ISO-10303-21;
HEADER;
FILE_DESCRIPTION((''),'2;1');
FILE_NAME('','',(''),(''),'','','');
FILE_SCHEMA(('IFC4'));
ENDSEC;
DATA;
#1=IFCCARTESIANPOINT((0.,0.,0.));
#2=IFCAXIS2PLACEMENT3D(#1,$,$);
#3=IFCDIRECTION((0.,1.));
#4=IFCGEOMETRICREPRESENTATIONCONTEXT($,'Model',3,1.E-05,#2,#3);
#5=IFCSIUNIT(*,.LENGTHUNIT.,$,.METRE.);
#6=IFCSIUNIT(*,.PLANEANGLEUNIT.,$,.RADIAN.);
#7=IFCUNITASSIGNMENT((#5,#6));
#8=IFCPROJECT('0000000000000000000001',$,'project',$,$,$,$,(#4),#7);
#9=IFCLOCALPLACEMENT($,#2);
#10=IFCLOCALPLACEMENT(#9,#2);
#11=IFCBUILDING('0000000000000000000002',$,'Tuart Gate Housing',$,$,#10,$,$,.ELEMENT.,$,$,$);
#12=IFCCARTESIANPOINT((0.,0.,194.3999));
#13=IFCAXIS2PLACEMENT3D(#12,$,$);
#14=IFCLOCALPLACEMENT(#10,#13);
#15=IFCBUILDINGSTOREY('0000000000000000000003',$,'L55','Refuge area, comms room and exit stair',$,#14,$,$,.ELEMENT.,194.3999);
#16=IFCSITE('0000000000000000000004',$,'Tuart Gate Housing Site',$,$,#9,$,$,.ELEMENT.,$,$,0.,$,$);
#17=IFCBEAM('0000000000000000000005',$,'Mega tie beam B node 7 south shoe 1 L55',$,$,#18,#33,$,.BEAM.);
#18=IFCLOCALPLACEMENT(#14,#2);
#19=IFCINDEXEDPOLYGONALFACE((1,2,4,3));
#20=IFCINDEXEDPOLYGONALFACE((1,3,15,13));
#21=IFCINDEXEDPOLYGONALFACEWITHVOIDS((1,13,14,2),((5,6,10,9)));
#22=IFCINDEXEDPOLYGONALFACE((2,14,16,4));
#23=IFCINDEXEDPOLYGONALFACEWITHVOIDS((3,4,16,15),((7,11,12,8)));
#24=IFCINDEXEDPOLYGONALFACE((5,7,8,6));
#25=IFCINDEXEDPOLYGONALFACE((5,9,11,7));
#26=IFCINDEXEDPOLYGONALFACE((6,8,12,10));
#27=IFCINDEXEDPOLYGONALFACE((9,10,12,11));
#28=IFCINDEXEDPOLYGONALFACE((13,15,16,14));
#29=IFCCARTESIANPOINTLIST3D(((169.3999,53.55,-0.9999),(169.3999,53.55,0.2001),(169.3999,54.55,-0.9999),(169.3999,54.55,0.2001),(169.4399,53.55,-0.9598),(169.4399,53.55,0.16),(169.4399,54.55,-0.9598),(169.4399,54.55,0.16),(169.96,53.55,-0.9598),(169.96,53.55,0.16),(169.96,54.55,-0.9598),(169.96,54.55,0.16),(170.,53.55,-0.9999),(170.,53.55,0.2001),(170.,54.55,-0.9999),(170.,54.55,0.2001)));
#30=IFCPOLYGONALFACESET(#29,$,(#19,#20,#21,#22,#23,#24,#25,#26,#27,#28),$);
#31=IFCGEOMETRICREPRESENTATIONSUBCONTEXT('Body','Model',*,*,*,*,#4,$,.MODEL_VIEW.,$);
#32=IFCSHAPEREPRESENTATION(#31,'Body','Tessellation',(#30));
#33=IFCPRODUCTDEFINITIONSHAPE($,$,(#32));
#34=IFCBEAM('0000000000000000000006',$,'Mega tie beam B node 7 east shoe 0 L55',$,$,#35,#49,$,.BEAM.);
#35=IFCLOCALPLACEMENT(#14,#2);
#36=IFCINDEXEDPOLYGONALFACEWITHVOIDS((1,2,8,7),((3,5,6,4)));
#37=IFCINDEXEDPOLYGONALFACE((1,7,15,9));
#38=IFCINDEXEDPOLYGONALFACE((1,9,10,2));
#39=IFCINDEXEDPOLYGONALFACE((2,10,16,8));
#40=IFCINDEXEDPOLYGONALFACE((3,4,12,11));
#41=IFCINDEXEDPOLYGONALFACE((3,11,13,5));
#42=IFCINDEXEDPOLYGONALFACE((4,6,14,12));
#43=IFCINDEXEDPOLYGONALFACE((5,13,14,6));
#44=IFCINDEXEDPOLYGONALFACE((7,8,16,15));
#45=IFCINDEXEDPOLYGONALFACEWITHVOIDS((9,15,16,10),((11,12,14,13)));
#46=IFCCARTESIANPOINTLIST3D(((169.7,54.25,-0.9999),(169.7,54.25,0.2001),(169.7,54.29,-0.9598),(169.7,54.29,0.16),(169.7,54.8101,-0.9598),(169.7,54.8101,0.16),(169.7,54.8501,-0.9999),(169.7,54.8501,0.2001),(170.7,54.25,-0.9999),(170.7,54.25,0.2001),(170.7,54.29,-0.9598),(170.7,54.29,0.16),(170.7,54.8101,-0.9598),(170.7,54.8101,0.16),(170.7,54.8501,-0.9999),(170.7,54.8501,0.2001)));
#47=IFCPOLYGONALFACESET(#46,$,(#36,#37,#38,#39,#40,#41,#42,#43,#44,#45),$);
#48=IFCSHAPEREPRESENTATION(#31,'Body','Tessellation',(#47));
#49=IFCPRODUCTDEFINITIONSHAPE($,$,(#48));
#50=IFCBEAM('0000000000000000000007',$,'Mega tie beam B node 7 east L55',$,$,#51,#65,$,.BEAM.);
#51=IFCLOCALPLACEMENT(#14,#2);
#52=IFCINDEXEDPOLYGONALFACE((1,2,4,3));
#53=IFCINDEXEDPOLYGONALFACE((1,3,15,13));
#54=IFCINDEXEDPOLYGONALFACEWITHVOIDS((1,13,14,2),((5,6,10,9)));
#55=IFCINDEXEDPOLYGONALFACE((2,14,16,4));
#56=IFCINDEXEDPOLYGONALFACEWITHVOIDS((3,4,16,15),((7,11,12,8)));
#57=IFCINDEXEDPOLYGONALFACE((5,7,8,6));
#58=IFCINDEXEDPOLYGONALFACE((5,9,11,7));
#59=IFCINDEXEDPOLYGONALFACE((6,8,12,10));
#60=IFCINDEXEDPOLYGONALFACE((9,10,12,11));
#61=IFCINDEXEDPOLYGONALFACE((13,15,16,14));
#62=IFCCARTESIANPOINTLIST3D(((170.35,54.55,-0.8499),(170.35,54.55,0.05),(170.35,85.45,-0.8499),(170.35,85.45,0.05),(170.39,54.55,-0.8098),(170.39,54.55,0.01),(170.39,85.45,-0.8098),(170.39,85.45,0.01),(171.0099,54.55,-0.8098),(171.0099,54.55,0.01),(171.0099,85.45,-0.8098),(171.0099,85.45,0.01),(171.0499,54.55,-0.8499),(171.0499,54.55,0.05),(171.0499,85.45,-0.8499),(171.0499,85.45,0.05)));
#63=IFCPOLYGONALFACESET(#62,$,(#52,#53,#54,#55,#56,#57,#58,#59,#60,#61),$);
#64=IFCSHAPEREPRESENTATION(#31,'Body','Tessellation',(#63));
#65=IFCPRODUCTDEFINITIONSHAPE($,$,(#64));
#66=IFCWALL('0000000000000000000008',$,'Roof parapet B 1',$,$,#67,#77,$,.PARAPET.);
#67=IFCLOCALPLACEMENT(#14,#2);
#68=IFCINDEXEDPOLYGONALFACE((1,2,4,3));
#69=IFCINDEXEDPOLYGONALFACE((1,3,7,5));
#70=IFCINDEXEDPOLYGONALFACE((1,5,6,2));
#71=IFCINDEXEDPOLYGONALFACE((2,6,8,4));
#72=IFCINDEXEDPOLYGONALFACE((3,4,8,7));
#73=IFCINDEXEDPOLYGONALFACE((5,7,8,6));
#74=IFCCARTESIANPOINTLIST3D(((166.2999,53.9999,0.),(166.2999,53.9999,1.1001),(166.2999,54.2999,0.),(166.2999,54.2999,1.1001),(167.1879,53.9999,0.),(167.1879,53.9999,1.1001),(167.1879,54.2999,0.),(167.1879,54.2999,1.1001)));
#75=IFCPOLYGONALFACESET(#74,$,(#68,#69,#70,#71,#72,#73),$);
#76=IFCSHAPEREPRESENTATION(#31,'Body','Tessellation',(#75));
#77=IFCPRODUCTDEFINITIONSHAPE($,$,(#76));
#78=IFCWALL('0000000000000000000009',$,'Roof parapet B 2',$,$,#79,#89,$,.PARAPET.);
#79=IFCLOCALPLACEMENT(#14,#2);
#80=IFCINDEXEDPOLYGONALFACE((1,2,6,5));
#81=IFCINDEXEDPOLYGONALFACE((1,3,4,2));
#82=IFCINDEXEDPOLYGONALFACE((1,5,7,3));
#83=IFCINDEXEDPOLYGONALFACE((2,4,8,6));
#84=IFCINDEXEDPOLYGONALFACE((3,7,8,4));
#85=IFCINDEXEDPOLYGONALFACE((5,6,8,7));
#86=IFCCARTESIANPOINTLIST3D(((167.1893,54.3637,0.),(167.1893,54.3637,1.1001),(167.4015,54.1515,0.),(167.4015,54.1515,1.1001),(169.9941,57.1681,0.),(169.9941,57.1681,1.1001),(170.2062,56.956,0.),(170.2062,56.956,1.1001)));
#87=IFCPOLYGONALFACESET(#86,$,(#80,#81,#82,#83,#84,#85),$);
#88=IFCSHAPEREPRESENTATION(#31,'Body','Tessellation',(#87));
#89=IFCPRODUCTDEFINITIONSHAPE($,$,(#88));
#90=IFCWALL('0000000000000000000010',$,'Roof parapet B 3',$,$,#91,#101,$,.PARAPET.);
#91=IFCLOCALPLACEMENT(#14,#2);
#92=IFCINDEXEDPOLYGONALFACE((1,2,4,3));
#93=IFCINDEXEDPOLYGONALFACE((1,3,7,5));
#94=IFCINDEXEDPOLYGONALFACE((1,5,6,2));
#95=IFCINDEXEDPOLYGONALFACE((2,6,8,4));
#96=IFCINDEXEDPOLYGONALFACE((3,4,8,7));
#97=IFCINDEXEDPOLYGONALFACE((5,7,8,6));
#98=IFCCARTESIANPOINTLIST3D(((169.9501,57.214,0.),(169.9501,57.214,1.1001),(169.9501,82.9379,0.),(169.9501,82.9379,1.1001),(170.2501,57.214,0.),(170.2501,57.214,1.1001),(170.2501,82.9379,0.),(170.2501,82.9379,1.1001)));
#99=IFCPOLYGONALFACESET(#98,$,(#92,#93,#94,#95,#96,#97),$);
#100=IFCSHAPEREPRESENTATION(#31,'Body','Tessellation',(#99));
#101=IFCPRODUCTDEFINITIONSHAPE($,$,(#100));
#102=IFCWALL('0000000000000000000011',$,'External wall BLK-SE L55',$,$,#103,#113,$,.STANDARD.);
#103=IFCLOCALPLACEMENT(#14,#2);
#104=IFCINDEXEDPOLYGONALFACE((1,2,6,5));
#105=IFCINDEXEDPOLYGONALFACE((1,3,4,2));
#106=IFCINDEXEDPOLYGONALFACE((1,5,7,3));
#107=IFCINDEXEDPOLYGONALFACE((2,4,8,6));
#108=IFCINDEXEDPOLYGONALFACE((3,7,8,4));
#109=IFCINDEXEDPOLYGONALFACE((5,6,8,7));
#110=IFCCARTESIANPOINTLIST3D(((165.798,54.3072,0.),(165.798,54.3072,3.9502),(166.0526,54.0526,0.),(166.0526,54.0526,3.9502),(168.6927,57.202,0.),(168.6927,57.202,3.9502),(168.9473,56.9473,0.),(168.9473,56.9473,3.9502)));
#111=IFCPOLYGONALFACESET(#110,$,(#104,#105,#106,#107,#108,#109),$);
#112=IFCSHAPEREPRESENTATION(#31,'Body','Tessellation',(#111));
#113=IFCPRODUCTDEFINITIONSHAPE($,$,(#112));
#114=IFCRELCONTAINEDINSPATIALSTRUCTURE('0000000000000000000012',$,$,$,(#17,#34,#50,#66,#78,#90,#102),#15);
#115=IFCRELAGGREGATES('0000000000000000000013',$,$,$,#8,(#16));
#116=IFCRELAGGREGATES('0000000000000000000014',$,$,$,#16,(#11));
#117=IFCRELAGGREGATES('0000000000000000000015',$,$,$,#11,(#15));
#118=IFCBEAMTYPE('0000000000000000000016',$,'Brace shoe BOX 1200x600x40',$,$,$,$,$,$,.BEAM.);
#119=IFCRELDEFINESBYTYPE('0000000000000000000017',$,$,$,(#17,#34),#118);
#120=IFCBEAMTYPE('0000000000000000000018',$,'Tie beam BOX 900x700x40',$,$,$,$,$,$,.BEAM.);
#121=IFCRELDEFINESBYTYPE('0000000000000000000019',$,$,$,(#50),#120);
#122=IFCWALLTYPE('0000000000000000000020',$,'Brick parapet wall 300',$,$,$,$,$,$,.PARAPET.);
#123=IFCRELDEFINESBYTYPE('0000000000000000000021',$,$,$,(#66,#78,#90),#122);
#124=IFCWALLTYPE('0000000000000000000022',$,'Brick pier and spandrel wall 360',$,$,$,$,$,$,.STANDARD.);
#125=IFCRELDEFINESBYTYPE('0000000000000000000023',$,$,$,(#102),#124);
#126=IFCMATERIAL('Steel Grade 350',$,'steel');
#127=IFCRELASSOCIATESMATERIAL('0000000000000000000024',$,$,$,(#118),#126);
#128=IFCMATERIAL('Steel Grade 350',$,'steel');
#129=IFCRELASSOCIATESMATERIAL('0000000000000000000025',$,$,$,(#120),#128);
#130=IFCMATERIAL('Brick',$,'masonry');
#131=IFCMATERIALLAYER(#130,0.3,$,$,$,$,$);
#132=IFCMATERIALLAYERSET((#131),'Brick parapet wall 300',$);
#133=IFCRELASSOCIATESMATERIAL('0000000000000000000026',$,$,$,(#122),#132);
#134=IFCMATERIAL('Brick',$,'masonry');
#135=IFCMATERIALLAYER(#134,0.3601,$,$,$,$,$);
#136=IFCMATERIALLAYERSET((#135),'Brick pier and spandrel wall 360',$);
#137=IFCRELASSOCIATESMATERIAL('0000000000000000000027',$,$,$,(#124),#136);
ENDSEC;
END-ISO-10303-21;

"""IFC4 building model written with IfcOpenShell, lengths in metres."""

from ifc_helpers import new_model, si_unit, direction, frame, frame_2d, origin, origin_2d, place, context, subcontext, project, spatial, rectangle, hollow_rectangle, extrude, material, layer, layer_set, material_profile, profile_set, type_object, element, save


model = new_model("IFC4")

# Units and contexts
model_context = context("Model", 3, precision=1e-05, world=origin(), true_north=direction((0.0, 1.0)))
body_context = subcontext(model_context, "Body", "Model", "MODEL_VIEW")
ifc_project = project(units=[si_unit("LENGTHUNIT", "METRE"), si_unit("PLANEANGLEUNIT", "RADIAN")], contexts=[model_context])

# Site, building, storey
site_placement = place(None, origin())
site = spatial("IfcSite", under=ifc_project, at=site_placement, Name="Tuart Gate Housing Site", CompositionType="ELEMENT", RefElevation=0.0)
building_placement = place(site_placement, origin())
building = spatial("IfcBuilding", under=site, at=building_placement, Name="Tuart Gate Housing", CompositionType="ELEMENT")
storey_placement = place(building_placement, frame((0.0, 0.0, 194.3999)))
storey = spatial("IfcBuildingStorey", under=building, at=storey_placement, Name="L55", Description="Refuge area, comms room and exit stair", CompositionType="ELEMENT", Elevation=194.3999)

# Beams
ifc_material_1 = material(Name="Steel Grade 350", Category="steel")
ifc_material_profile_1 = material_profile(ifc_material_1, hollow_rectangle(XDim=0.6001, YDim=1.2, WallThickness=0.04, at=origin_2d()), Name="BOX 1200x600x40")
ifc_profile_set_1 = profile_set([ifc_material_profile_1], Name="Steel Grade 350")
beam_type_1 = type_object("IfcBeamType", Name="Brace shoe BOX 1200x600x40", PredefinedType="BEAM", material=ifc_profile_set_1)
for number, where, z_axis, x_axis, name in (
    (1, (169.7, 54.55, -0.3999), (0.0, -1.0, 0.0), (1.0, 0.0, 0.0), "Mega tie beam B node 7 south shoe 1 L55"),
    (2, (169.7, 54.55, -0.3999), (1.0, 0.0, 0.0), (0.0, 1.0, 0.0), "Mega tie beam B node 7 east shoe 0 L55"),
):
    element("IfcBeam", number, at=place(storey_placement, frame(where, z_axis=z_axis, x_axis=x_axis)), inside=storey, type_object=beam_type_1, Name=name, PredefinedType="BEAM", context=body_context, shape_type="SweptSolid", body=[
        extrude(hollow_rectangle(XDim=0.6001, YDim=1.2, WallThickness=0.04, at=origin_2d()), origin(), (0.0, 0.0, 1.0), 1.0),
    ])
ifc_material_2 = material(Name="Steel Grade 350", Category="steel")
ifc_material_profile_2 = material_profile(ifc_material_2, hollow_rectangle(XDim=0.7, YDim=0.8999, WallThickness=0.04, at=origin_2d()), Name="BOX 900x700x40")
ifc_profile_set_2 = profile_set([ifc_material_profile_2], Name="Steel Grade 350")
beam_type_2 = type_object("IfcBeamType", Name="Tie beam BOX 900x700x40", PredefinedType="BEAM", material=ifc_profile_set_2)
beam_placement = place(storey_placement, frame((170.7, 54.55, -0.3999), z_axis=(0.0, 1.0, 0.0), x_axis=(-1.0, 0.0, 0.0)))
element("IfcBeam", 3, at=beam_placement, inside=storey, type_object=beam_type_2, Name="Mega tie beam B node 7 east L55", PredefinedType="BEAM", context=body_context, shape_type="SweptSolid", body=[
    extrude(hollow_rectangle(XDim=0.7, YDim=0.8999, WallThickness=0.04, at=origin_2d()), origin(), (0.0, 0.0, 1.0), 30.8999),
])

# Walls
ifc_material_3 = material(Name="Brick", Category="masonry")
ifc_layer_1 = layer(ifc_material_3, 0.3)
ifc_layer_set_1 = layer_set([ifc_layer_1], Name="Brick parapet wall 300")
wall_type_1 = type_object("IfcWallType", Name="Brick parapet wall 300", PredefinedType="PARAPET", material=ifc_layer_set_1)
wall_1_placement = place(storey_placement, frame((166.3, 54.1499, 0.0), z_axis=(0.0, 0.0, 1.0), x_axis=(1.0, 0.0, 0.0)))
element("IfcWall", 4, at=wall_1_placement, inside=storey, type_object=wall_type_1, Name="Roof parapet B 1", PredefinedType="PARAPET", context=body_context, shape_type="SweptSolid", body=[
    extrude(rectangle(XDim=0.8879, YDim=0.3, at=frame_2d((0.4438, 0.0))), origin(), (0.0, 0.0, 1.0), 1.1001),
])
wall_2_placement = place(storey_placement, frame((167.2954, 54.2576, 0.0), z_axis=(0.0, 0.0, 1.0), x_axis=(0.707138, 0.707076, 0.0)))
element("IfcWall", 5, at=wall_2_placement, inside=storey, type_object=wall_type_1, Name="Roof parapet B 2", PredefinedType="PARAPET", context=body_context, shape_type="SweptSolid", body=[
    extrude(rectangle(XDim=3.9663, YDim=0.3, at=frame_2d((1.9832, 0.0))), origin(), (0.0, 0.0, 1.0), 1.1001),
])
wall_3_placement = place(storey_placement, frame((170.1001, 57.2141, 0.0), z_axis=(0.0, 0.0, 1.0), x_axis=(0.0, 1.0, 0.0)))
element("IfcWall", 6, at=wall_3_placement, inside=storey, type_object=wall_type_1, Name="Roof parapet B 3", PredefinedType="PARAPET", context=body_context, shape_type="SweptSolid", body=[
    extrude(rectangle(XDim=25.7239, YDim=0.3, at=frame_2d((12.8618, 0.0))), origin(), (0.0, 0.0, 1.0), 1.1001),
])
ifc_material_4 = material(Name="Brick", Category="masonry")
ifc_layer_2 = layer(ifc_material_4, 0.3601)
ifc_layer_set_2 = layer_set([ifc_layer_2], Name="Brick pier and spandrel wall 360")
wall_type_2 = type_object("IfcWallType", Name="Brick pier and spandrel wall 360", PredefinedType="STANDARD", material=ifc_layer_set_2)
wall_4_placement = place(storey_placement, frame((165.9253, 54.1799, 0.0), z_axis=(0.0, 0.0, 1.0), x_axis=(0.707107, 0.707107, 0.0)))
element("IfcWall", 7, at=wall_4_placement, inside=storey, type_object=wall_type_2, Name="External wall BLK-SE L55", PredefinedType="STANDARD", context=body_context, shape_type="SweptSolid", body=[
    extrude(rectangle(XDim=4.0938, YDim=0.3601, at=frame_2d((2.0469, 0.0))), origin(), (0.0, 0.0, 1.0), 3.9502),
])

save(model, "model.ifc")
